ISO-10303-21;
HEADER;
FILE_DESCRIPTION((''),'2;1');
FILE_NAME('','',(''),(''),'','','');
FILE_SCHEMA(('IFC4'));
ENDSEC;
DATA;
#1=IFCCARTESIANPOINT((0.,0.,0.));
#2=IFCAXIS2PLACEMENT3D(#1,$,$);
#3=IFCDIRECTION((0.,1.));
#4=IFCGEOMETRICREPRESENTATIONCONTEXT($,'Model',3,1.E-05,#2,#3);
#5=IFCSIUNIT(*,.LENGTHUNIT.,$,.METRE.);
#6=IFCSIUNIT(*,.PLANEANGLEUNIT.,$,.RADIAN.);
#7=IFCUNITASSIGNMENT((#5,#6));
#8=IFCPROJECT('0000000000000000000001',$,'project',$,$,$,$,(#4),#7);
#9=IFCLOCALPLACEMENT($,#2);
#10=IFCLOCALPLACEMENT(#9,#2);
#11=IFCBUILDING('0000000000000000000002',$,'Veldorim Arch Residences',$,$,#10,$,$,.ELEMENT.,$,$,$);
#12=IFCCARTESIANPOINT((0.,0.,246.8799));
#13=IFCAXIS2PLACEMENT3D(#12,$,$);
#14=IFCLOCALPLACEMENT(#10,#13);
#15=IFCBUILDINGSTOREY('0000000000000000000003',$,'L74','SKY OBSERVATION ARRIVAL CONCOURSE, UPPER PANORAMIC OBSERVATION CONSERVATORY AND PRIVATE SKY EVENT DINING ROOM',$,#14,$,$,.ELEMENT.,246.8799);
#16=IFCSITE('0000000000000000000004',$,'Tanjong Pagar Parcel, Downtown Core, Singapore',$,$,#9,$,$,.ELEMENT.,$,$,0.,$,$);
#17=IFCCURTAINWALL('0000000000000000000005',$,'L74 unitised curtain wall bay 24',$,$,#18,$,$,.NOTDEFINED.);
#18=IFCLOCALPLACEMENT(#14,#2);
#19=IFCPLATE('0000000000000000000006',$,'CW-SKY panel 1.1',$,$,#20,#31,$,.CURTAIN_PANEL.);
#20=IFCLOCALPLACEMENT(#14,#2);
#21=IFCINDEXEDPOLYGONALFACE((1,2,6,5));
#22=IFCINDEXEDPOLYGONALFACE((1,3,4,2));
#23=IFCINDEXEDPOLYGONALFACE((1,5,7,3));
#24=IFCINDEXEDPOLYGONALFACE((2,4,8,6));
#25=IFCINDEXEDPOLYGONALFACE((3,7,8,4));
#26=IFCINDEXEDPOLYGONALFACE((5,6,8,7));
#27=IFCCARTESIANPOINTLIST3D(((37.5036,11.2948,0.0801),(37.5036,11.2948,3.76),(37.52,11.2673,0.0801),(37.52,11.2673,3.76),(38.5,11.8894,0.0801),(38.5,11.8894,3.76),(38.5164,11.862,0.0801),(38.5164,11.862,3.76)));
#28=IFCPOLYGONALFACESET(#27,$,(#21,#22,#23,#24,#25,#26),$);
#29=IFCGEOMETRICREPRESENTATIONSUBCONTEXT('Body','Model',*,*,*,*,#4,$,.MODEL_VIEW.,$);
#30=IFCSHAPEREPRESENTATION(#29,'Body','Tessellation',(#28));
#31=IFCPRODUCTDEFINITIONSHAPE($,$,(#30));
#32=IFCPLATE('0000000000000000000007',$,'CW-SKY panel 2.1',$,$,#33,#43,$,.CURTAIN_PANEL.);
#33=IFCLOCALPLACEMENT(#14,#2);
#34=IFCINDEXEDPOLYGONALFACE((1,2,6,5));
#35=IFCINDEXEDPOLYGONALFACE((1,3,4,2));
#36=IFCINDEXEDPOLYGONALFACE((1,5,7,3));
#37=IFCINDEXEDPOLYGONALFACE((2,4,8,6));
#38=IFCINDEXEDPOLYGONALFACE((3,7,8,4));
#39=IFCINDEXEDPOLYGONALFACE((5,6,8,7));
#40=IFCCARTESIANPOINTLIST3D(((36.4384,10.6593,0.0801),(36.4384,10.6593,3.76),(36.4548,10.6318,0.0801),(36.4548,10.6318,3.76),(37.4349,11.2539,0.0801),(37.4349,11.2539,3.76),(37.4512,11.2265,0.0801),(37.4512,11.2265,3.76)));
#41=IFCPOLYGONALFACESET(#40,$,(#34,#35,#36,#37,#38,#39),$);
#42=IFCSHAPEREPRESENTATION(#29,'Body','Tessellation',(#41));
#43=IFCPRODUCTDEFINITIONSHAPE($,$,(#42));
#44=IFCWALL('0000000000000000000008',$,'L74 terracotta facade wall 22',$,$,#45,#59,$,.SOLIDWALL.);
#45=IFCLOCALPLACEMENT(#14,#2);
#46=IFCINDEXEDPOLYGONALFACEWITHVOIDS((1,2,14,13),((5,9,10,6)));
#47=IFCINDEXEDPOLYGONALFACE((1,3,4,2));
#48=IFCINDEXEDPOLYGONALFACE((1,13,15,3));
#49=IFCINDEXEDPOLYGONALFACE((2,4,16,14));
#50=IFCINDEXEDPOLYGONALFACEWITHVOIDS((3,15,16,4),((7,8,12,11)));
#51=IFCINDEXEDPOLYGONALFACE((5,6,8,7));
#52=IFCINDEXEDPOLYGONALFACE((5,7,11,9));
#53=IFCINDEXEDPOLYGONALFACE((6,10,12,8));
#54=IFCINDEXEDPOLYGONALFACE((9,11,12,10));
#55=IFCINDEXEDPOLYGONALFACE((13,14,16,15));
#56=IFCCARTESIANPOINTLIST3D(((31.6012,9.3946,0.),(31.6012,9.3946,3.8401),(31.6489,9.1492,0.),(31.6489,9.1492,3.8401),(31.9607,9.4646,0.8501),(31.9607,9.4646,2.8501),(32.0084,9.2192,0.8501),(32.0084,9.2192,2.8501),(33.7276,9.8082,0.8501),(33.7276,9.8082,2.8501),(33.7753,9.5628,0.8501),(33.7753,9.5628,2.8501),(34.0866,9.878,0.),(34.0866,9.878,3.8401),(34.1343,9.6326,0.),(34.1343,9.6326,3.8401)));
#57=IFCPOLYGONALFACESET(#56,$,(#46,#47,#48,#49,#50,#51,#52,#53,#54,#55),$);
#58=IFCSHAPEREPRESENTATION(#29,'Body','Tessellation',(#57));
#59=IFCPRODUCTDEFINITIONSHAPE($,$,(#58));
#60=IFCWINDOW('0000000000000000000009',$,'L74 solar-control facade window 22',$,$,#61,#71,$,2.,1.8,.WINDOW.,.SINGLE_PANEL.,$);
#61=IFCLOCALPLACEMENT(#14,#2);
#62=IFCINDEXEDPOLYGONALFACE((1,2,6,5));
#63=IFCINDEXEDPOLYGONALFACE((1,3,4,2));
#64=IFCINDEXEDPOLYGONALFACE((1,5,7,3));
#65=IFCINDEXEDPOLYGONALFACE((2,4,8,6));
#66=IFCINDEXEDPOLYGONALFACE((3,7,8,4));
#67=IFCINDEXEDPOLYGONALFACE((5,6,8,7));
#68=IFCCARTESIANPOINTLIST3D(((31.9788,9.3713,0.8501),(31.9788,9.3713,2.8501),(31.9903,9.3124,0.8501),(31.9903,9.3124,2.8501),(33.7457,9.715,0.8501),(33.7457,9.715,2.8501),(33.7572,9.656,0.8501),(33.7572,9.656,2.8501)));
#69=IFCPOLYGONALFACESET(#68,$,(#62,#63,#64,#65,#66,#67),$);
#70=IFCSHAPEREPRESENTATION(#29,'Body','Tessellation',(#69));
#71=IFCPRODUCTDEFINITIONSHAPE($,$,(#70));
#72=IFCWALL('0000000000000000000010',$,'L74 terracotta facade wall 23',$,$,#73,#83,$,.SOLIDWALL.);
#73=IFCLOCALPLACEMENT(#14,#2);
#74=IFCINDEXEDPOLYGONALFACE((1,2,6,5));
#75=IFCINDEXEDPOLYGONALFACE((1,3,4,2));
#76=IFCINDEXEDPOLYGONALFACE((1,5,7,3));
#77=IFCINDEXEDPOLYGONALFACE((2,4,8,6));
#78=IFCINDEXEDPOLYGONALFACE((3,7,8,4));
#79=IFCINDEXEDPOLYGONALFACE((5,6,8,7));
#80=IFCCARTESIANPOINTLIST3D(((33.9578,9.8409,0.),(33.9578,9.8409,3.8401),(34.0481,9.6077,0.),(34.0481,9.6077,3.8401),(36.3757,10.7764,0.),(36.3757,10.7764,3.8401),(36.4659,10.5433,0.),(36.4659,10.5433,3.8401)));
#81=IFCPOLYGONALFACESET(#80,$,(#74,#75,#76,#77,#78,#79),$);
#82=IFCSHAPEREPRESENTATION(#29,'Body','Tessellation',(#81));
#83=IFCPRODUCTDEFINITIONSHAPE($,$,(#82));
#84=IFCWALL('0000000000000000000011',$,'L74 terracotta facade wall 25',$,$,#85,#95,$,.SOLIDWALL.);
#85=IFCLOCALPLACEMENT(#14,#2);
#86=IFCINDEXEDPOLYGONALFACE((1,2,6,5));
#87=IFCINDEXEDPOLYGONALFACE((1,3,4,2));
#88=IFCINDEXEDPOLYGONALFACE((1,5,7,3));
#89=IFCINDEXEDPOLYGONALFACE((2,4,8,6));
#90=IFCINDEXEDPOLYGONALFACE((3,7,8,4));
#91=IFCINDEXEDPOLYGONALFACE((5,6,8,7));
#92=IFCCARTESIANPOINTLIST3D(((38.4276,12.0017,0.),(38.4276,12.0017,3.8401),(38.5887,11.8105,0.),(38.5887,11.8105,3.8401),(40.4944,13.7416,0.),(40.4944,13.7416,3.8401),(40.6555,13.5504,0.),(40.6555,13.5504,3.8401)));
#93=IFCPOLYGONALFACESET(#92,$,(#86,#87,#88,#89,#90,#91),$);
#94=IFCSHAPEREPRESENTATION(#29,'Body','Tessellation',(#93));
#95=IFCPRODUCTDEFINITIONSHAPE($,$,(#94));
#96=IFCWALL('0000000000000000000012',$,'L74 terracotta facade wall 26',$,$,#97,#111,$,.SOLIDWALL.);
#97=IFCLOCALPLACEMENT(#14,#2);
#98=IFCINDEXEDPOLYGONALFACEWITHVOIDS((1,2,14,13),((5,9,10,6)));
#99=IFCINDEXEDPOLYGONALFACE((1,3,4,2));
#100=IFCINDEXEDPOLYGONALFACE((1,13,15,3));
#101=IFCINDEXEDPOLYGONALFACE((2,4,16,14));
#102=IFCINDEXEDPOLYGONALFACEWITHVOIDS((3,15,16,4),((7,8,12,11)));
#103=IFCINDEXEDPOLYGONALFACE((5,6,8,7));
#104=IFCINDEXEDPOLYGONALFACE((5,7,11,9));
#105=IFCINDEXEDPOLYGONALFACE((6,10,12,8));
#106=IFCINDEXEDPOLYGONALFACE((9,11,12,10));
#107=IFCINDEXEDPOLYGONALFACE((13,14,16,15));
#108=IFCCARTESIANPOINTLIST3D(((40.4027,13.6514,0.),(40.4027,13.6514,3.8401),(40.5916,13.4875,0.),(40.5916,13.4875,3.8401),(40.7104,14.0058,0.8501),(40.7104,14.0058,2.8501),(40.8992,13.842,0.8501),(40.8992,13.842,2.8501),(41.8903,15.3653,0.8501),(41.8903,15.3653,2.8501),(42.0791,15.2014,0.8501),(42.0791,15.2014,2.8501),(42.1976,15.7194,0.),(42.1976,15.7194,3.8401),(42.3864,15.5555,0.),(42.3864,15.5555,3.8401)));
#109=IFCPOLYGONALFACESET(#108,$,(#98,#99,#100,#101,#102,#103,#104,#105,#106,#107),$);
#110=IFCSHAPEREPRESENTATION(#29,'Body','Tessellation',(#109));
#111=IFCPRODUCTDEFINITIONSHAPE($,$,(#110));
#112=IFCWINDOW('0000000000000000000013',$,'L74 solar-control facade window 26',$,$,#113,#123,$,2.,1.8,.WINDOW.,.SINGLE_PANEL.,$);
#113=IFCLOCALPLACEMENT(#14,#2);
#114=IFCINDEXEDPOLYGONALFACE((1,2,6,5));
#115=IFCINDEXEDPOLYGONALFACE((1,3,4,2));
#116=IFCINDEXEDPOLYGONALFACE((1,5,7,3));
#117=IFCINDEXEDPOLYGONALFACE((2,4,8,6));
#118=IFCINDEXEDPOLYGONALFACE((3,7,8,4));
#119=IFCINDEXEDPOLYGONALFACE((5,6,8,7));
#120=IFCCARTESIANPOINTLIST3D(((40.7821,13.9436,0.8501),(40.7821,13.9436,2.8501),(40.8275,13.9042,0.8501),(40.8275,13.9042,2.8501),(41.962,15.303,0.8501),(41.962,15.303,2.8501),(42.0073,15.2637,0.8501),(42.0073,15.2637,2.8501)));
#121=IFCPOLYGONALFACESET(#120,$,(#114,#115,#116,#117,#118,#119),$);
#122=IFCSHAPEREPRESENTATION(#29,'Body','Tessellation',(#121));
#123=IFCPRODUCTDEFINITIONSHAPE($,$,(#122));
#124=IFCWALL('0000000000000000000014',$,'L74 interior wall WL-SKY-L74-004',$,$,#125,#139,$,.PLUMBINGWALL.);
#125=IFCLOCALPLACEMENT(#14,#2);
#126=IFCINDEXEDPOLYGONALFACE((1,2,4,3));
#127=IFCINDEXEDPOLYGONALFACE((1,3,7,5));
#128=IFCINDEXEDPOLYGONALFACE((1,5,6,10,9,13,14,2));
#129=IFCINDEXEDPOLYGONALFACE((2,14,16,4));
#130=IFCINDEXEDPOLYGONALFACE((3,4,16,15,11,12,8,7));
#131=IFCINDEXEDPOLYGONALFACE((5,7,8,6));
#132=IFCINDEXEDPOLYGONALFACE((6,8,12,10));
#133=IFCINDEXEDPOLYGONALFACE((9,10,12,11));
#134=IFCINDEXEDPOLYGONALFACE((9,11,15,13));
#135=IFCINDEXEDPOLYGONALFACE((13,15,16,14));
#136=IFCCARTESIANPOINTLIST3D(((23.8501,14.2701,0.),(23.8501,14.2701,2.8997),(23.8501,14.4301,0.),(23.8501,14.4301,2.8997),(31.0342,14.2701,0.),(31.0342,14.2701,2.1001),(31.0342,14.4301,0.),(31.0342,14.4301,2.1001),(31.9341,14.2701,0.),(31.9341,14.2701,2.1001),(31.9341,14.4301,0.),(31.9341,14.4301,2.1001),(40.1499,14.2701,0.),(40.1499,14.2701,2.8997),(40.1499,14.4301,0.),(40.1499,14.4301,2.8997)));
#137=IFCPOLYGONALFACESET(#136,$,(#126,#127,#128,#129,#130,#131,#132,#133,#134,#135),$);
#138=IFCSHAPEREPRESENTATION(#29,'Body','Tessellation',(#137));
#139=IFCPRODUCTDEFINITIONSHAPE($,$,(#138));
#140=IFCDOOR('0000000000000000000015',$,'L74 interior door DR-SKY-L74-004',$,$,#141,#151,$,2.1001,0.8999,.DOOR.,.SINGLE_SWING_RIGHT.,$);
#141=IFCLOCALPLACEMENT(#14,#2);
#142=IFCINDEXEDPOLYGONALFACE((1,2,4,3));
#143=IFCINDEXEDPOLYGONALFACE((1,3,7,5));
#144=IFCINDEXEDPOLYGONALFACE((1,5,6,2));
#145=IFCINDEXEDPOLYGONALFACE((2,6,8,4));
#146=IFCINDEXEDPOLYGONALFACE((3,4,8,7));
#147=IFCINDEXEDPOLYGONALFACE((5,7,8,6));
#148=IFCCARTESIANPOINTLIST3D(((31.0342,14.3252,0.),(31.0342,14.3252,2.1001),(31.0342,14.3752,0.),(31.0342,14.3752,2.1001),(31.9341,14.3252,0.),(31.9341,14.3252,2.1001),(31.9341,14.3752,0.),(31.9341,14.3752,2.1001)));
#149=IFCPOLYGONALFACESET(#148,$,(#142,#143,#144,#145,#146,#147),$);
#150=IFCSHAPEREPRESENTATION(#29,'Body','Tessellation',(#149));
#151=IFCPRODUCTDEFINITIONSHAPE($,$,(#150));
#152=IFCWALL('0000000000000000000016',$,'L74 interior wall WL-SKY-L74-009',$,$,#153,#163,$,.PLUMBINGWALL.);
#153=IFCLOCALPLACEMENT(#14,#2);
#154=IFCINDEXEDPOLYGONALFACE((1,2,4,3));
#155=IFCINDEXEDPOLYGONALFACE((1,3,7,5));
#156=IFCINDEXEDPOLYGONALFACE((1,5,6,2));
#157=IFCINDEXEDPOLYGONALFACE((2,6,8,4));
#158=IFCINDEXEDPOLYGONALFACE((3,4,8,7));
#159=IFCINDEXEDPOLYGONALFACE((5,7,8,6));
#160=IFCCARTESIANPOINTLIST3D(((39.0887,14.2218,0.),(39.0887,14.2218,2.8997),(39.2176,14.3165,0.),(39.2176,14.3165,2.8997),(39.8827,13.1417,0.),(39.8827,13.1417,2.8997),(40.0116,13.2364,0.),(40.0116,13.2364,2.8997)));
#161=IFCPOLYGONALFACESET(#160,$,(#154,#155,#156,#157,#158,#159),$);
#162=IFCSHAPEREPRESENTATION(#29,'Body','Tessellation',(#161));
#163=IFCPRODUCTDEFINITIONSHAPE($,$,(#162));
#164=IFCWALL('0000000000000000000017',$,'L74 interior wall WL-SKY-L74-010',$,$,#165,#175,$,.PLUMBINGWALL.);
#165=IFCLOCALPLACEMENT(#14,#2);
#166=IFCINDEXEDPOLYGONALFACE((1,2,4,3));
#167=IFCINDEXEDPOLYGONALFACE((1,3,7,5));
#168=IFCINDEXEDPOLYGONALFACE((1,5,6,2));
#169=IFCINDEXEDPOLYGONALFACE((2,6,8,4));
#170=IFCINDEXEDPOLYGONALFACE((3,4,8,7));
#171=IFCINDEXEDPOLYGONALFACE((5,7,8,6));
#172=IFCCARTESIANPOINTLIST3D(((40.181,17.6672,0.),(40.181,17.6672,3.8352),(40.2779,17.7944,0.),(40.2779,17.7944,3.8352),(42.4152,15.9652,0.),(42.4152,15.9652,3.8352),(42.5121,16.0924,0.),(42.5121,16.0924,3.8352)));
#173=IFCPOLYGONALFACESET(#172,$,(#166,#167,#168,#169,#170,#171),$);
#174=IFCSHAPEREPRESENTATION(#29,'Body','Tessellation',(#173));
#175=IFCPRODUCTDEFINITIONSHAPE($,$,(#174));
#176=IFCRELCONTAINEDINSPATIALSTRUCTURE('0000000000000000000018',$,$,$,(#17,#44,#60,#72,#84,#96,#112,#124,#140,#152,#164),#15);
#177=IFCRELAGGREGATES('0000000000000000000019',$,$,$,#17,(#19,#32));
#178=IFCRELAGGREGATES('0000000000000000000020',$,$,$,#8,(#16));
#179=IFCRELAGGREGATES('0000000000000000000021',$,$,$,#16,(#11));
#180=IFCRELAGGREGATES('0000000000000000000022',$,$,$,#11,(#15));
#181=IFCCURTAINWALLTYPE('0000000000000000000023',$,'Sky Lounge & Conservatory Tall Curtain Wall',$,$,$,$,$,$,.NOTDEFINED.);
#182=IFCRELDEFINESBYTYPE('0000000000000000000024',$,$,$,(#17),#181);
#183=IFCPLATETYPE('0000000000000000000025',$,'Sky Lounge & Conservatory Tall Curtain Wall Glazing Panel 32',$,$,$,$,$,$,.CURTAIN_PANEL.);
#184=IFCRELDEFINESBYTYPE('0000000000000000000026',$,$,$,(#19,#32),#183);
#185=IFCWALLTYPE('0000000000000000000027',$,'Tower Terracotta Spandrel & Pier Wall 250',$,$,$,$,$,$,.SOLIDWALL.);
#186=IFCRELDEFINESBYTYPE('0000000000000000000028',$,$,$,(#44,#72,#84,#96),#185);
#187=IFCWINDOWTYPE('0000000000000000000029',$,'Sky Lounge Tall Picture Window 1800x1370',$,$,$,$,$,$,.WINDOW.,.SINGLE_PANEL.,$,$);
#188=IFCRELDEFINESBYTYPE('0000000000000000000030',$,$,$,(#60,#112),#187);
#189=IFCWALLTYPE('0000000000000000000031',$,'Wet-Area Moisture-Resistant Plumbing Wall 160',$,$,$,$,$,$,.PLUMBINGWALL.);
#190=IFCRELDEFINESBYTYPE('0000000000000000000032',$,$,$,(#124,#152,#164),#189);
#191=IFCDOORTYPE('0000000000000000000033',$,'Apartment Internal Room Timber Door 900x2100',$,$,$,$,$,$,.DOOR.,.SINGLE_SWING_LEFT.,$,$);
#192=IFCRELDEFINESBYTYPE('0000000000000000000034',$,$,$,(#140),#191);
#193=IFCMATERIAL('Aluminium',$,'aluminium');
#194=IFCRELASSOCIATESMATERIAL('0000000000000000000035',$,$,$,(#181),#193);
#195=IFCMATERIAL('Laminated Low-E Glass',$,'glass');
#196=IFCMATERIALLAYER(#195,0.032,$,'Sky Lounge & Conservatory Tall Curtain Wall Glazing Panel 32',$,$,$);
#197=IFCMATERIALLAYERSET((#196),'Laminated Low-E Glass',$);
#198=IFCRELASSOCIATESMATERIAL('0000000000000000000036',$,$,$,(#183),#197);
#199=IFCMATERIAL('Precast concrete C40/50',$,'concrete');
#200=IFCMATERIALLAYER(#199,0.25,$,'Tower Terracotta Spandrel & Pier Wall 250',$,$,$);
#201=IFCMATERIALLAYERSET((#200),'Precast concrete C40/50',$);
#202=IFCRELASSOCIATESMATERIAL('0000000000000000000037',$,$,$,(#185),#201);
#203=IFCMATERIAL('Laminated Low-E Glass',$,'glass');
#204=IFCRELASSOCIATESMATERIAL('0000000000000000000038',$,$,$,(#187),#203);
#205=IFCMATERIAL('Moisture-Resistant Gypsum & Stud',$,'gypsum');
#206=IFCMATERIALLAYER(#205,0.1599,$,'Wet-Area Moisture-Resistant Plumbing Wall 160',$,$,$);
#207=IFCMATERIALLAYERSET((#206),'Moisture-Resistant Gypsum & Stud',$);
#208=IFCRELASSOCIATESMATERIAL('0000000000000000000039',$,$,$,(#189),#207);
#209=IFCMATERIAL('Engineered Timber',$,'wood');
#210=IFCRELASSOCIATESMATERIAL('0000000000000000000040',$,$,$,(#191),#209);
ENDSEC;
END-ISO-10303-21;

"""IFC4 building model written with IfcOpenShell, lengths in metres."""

from ifc_helpers import new_model, si_unit, direction, frame, frame_2d, origin, origin_2d, place, context, subcontext, project, spatial, rectangle, extrude, material, layer, layer_set, type_object, element, fill, aggregate, save


model = new_model("IFC4")

# Units and contexts
model_context = context("Model", 3, precision=1e-05, world=origin(), true_north=direction((0.0, 1.0)))
body_context = subcontext(model_context, "Body", "Model", "MODEL_VIEW")
ifc_project = project(units=[si_unit("LENGTHUNIT", "METRE"), si_unit("PLANEANGLEUNIT", "RADIAN")], contexts=[model_context])

# Site, building, storey
site_placement = place(None, origin())
site = spatial("IfcSite", under=ifc_project, at=site_placement, Name="Tanjong Pagar Parcel, Downtown Core, Singapore", CompositionType="ELEMENT", RefElevation=0.0)
building_placement = place(site_placement, origin())
building = spatial("IfcBuilding", under=site, at=building_placement, Name="Veldorim Arch Residences", CompositionType="ELEMENT")
storey_placement = place(building_placement, frame((0.0, 0.0, 246.8799)))
storey = spatial("IfcBuildingStorey", under=building, at=storey_placement, Name="L74", Description="SKY OBSERVATION ARRIVAL CONCOURSE, UPPER PANORAMIC OBSERVATION CONSERVATORY AND PRIVATE SKY EVENT DINING ROOM", CompositionType="ELEMENT", Elevation=246.8799)

# Shared definitions
ifc_material_1 = material(Name="Aluminium", Category="aluminium")
curtain_wall_type = type_object("IfcCurtainWallType", Name="Sky Lounge & Conservatory Tall Curtain Wall", PredefinedType="NOTDEFINED", material=ifc_material_1)

# Curtain wall
curtain_wall_1_placement = place(storey_placement, origin())
curtain_wall_1 = element("IfcCurtainWall", 1, at=curtain_wall_1_placement, inside=storey, type_object=curtain_wall_type, Name="L74 unitised curtain wall bay 24", PredefinedType="NOTDEFINED")

# Plates
ifc_material_2 = material(Name="Laminated Low-E Glass", Category="glass")
ifc_layer_1 = layer(ifc_material_2, 0.032, Name="Sky Lounge & Conservatory Tall Curtain Wall Glazing Panel 32")
ifc_layer_set_1 = layer_set([ifc_layer_1], Name="Laminated Low-E Glass")
plate_type = type_object("IfcPlateType", Name="Sky Lounge & Conservatory Tall Curtain Wall Glazing Panel 32", PredefinedType="CURTAIN_PANEL", material=ifc_layer_set_1)
plate_1_placement = place(storey_placement, frame((38.01, 11.5784, 0.0801), z_axis=(0.0, 0.0, 1.0), x_axis=(-0.858707, -0.512467, 0.0)))
plate_1 = element("IfcPlate", 2, at=plate_1_placement, type_object=plate_type, Name="CW-SKY panel 1.1", PredefinedType="CURTAIN_PANEL", context=body_context, shape_type="SweptSolid", body=[
    extrude(rectangle(XDim=1.1604, YDim=0.032, at=origin_2d()), origin(), (0.0, 0.0, 1.0), 3.6799),
])
plate_2_placement = place(storey_placement, frame((36.9448, 10.9429, 0.0801), z_axis=(0.0, 0.0, 1.0), x_axis=(-0.858707, -0.512467, 0.0)))
plate_2 = element("IfcPlate", 3, at=plate_2_placement, type_object=plate_type, Name="CW-SKY panel 2.1", PredefinedType="CURTAIN_PANEL", context=body_context, shape_type="SweptSolid", body=[
    extrude(rectangle(XDim=1.1604, YDim=0.032, at=origin_2d()), origin(), (0.0, 0.0, 1.0), 3.6799),
])
aggregate(curtain_wall_1, [plate_1, plate_2])

# Wall, opening, window
ifc_material_3 = material(Name="Precast concrete C40/50", Category="concrete")
ifc_layer_2 = layer(ifc_material_3, 0.25, Name="Tower Terracotta Spandrel & Pier Wall 250")
ifc_layer_set_2 = layer_set([ifc_layer_2], Name="Precast concrete C40/50")
wall_type_1 = type_object("IfcWallType", Name="Tower Terracotta Spandrel & Pier Wall 250", PredefinedType="SOLIDWALL", material=ifc_layer_set_2)
wall_1_placement = place(storey_placement, frame((34.1106, 9.7554, 0.0), z_axis=(0.0, 0.0, 1.0), x_axis=(-0.981605, -0.190921, 0.0)))
wall_1 = element("IfcWall", 4, at=wall_1_placement, inside=storey, type_object=wall_type_1, Name="L74 terracotta facade wall 22", PredefinedType="SOLIDWALL", context=body_context, shape_type="SweptSolid", body=[
    extrude(rectangle(XDim=2.532, YDim=0.25, at=frame_2d((1.2661, 0.0))), origin(), (0.0, 0.0, 1.0), 3.8401),
])
opening_1_placement = place(wall_1_placement, frame((0.366, 0.0, 0.8501)))
opening_1 = element("IfcOpeningElement", 5, at=opening_1_placement, cuts=wall_1, PredefinedType="OPENING", context=body_context, shape_type="SweptSolid", body=[
    extrude(rectangle(XDim=1.8, YDim=2.0, at=frame_2d((0.8999, 1.0))), frame((0.0, 0.135, 0.0), z_axis=(0.0, -1.0, 0.0), x_axis=(1.0, 0.0, 0.0)), (0.0, 0.0, 1.0), 0.27),
])
ifc_material_4 = material(Name="Laminated Low-E Glass", Category="glass")
window_type = type_object("IfcWindowType", Name="Sky Lounge Tall Picture Window 1800x1370", PartitioningType="SINGLE_PANEL", PredefinedType="WINDOW", material=ifc_material_4)
window_1_placement = place(opening_1_placement, origin())
window_1 = element("IfcWindow", 6, at=window_1_placement, inside=storey, type_object=window_type, Name="L74 solar-control facade window 22", OverallHeight=2.0, OverallWidth=1.8, PartitioningType="SINGLE_PANEL", PredefinedType="WINDOW", context=body_context, shape_type="SweptSolid", body=[
    extrude(rectangle(XDim=1.8, YDim=2.0, at=frame_2d((0.8999, 1.0))), frame((0.0, 0.03, 0.0), z_axis=(0.0, -1.0, 0.0), x_axis=(1.0, 0.0, 0.0)), (0.0, 0.0, 1.0), 0.0601),
])
fill(opening_1, window_1)

# Walls
wall_2_placement = place(storey_placement, frame((36.4209, 10.6599, 0.0), z_axis=(0.0, 0.0, 1.0), x_axis=(-0.932613, -0.360878, 0.0)))
element("IfcWall", 7, at=wall_2_placement, inside=storey, type_object=wall_type_1, Name="L74 terracotta facade wall 23", PredefinedType="SOLIDWALL", context=body_context, shape_type="SweptSolid", body=[
    extrude(rectangle(XDim=2.5925, YDim=0.25, at=frame_2d((1.2964, 0.0))), origin(), (0.0, 0.0, 1.0), 3.8401),
])
wall_3_placement = place(storey_placement, frame((40.575, 13.646, 0.0), z_axis=(0.0, 0.0, 1.0), x_axis=(-0.765012, -0.644016, 0.0)))
element("IfcWall", 8, at=wall_3_placement, inside=storey, type_object=wall_type_1, Name="L74 terracotta facade wall 25", PredefinedType="SOLIDWALL", context=body_context, shape_type="SweptSolid", body=[
    extrude(rectangle(XDim=2.7017, YDim=0.25, at=frame_2d((1.3508, 0.0))), origin(), (0.0, 0.0, 1.0), 3.8401),
])

# Wall, opening, window
wall_4_placement = place(storey_placement, frame((42.292, 15.6375, 0.0), z_axis=(0.0, 0.0, 1.0), x_axis=(-0.655463, -0.755227, 0.0)))
wall_4 = element("IfcWall", 9, at=wall_4_placement, inside=storey, type_object=wall_type_1, Name="L74 terracotta facade wall 26", PredefinedType="SOLIDWALL", context=body_context, shape_type="SweptSolid", body=[
    extrude(rectangle(XDim=2.7383, YDim=0.25, at=frame_2d((1.3691, 0.0))), origin(), (0.0, 0.0, 1.0), 3.8401),
])
opening_2_placement = place(wall_4_placement, frame((0.469, 0.0, 0.8501)))
opening_2 = element("IfcOpeningElement", 10, at=opening_2_placement, cuts=wall_4, PredefinedType="OPENING", context=body_context, shape_type="SweptSolid", body=[
    extrude(rectangle(XDim=1.8, YDim=2.0, at=frame_2d((0.8999, 1.0))), frame((0.0, 0.135, 0.0), z_axis=(0.0, -1.0, 0.0), x_axis=(1.0, 0.0, 0.0)), (0.0, 0.0, 1.0), 0.27),
])
window_2_placement = place(opening_2_placement, origin())
window_2 = element("IfcWindow", 11, at=window_2_placement, inside=storey, type_object=window_type, Name="L74 solar-control facade window 26", OverallHeight=2.0, OverallWidth=1.8, PartitioningType="SINGLE_PANEL", PredefinedType="WINDOW", context=body_context, shape_type="SweptSolid", body=[
    extrude(rectangle(XDim=1.8, YDim=2.0, at=frame_2d((0.8999, 1.0))), frame((0.0, 0.03, 0.0), z_axis=(0.0, -1.0, 0.0), x_axis=(1.0, 0.0, 0.0)), (0.0, 0.0, 1.0), 0.0601),
])
fill(opening_2, window_2)

# Wall, opening, door
ifc_material_5 = material(Name="Moisture-Resistant Gypsum & Stud", Category="gypsum")
ifc_layer_3 = layer(ifc_material_5, 0.1599, Name="Wet-Area Moisture-Resistant Plumbing Wall 160")
ifc_layer_set_3 = layer_set([ifc_layer_3], Name="Moisture-Resistant Gypsum & Stud")
wall_type_2 = type_object("IfcWallType", Name="Wet-Area Moisture-Resistant Plumbing Wall 160", PredefinedType="PLUMBINGWALL", material=ifc_layer_set_3)
wall_5_placement = place(storey_placement, frame((40.1499, 14.3501, 0.0), z_axis=(0.0, 0.0, 1.0), x_axis=(-1.0, 0.0, 0.0)))
wall_5 = element("IfcWall", 12, at=wall_5_placement, inside=storey, type_object=wall_type_2, Name="L74 interior wall WL-SKY-L74-004", PredefinedType="PLUMBINGWALL", context=body_context, shape_type="SweptSolid", body=[
    extrude(rectangle(XDim=16.2998, YDim=0.1599, at=frame_2d((8.1499, 0.0))), origin(), (0.0, 0.0, 1.0), 2.8997),
])
opening_3_placement = place(wall_5_placement, frame((8.2158, 0.0, 0.0)))
opening_3 = element("IfcOpeningElement", 13, at=opening_3_placement, cuts=wall_5, PredefinedType="OPENING", context=body_context, shape_type="SweptSolid", body=[
    extrude(rectangle(XDim=0.8999, YDim=2.1001, at=frame_2d((0.45, 1.05))), frame((0.0, 0.0898, 0.0), z_axis=(0.0, -1.0, 0.0), x_axis=(1.0, 0.0, 0.0)), (0.0, 0.0, 1.0), 0.1799),
])
ifc_material_6 = material(Name="Engineered Timber", Category="wood")
door_type = type_object("IfcDoorType", Name="Apartment Internal Room Timber Door 900x2100", OperationType="SINGLE_SWING_LEFT", PredefinedType="DOOR", material=ifc_material_6)
door_placement = place(opening_3_placement, origin())
door = element("IfcDoor", 14, at=door_placement, inside=storey, type_object=door_type, Name="L74 interior door DR-SKY-L74-004", OperationType="SINGLE_SWING_RIGHT", OverallHeight=2.1001, OverallWidth=0.8999, PredefinedType="DOOR", context=body_context, shape_type="SweptSolid", body=[
    extrude(rectangle(XDim=0.8999, YDim=2.1001, at=frame_2d((0.45, 1.05))), frame((0.0, 0.0249, 0.0), z_axis=(0.0, -1.0, 0.0), x_axis=(1.0, 0.0, 0.0)), (0.0, 0.0, 1.0), 0.05),
])
fill(opening_3, door)

# Walls
wall_6_placement = place(storey_placement, frame((39.1531, 14.2693, 0.0), z_axis=(0.0, 0.0, 1.0), x_axis=(0.592279, -0.805733, 0.0)))
element("IfcWall", 15, at=wall_6_placement, inside=storey, type_object=wall_type_2, Name="L74 interior wall WL-SKY-L74-009", PredefinedType="PLUMBINGWALL", context=body_context, shape_type="SweptSolid", body=[
    extrude(rectangle(XDim=1.3406, YDim=0.1599, at=frame_2d((0.6704, 0.0))), origin(), (0.0, 0.0, 1.0), 2.8997),
])
wall_7_placement = place(storey_placement, frame((42.4636, 16.0288, 0.0), z_axis=(0.0, 0.0, 1.0), x_axis=(-0.795482, 0.605978, 0.0)))
element("IfcWall", 16, at=wall_7_placement, inside=storey, type_object=wall_type_2, Name="L74 interior wall WL-SKY-L74-010", PredefinedType="PLUMBINGWALL", context=body_context, shape_type="SweptSolid", body=[
    extrude(rectangle(XDim=2.8086, YDim=0.1599, at=frame_2d((1.4043, 0.0))), origin(), (0.0, 0.0, 1.0), 3.8352),
])

save(model, "model.ifc")
